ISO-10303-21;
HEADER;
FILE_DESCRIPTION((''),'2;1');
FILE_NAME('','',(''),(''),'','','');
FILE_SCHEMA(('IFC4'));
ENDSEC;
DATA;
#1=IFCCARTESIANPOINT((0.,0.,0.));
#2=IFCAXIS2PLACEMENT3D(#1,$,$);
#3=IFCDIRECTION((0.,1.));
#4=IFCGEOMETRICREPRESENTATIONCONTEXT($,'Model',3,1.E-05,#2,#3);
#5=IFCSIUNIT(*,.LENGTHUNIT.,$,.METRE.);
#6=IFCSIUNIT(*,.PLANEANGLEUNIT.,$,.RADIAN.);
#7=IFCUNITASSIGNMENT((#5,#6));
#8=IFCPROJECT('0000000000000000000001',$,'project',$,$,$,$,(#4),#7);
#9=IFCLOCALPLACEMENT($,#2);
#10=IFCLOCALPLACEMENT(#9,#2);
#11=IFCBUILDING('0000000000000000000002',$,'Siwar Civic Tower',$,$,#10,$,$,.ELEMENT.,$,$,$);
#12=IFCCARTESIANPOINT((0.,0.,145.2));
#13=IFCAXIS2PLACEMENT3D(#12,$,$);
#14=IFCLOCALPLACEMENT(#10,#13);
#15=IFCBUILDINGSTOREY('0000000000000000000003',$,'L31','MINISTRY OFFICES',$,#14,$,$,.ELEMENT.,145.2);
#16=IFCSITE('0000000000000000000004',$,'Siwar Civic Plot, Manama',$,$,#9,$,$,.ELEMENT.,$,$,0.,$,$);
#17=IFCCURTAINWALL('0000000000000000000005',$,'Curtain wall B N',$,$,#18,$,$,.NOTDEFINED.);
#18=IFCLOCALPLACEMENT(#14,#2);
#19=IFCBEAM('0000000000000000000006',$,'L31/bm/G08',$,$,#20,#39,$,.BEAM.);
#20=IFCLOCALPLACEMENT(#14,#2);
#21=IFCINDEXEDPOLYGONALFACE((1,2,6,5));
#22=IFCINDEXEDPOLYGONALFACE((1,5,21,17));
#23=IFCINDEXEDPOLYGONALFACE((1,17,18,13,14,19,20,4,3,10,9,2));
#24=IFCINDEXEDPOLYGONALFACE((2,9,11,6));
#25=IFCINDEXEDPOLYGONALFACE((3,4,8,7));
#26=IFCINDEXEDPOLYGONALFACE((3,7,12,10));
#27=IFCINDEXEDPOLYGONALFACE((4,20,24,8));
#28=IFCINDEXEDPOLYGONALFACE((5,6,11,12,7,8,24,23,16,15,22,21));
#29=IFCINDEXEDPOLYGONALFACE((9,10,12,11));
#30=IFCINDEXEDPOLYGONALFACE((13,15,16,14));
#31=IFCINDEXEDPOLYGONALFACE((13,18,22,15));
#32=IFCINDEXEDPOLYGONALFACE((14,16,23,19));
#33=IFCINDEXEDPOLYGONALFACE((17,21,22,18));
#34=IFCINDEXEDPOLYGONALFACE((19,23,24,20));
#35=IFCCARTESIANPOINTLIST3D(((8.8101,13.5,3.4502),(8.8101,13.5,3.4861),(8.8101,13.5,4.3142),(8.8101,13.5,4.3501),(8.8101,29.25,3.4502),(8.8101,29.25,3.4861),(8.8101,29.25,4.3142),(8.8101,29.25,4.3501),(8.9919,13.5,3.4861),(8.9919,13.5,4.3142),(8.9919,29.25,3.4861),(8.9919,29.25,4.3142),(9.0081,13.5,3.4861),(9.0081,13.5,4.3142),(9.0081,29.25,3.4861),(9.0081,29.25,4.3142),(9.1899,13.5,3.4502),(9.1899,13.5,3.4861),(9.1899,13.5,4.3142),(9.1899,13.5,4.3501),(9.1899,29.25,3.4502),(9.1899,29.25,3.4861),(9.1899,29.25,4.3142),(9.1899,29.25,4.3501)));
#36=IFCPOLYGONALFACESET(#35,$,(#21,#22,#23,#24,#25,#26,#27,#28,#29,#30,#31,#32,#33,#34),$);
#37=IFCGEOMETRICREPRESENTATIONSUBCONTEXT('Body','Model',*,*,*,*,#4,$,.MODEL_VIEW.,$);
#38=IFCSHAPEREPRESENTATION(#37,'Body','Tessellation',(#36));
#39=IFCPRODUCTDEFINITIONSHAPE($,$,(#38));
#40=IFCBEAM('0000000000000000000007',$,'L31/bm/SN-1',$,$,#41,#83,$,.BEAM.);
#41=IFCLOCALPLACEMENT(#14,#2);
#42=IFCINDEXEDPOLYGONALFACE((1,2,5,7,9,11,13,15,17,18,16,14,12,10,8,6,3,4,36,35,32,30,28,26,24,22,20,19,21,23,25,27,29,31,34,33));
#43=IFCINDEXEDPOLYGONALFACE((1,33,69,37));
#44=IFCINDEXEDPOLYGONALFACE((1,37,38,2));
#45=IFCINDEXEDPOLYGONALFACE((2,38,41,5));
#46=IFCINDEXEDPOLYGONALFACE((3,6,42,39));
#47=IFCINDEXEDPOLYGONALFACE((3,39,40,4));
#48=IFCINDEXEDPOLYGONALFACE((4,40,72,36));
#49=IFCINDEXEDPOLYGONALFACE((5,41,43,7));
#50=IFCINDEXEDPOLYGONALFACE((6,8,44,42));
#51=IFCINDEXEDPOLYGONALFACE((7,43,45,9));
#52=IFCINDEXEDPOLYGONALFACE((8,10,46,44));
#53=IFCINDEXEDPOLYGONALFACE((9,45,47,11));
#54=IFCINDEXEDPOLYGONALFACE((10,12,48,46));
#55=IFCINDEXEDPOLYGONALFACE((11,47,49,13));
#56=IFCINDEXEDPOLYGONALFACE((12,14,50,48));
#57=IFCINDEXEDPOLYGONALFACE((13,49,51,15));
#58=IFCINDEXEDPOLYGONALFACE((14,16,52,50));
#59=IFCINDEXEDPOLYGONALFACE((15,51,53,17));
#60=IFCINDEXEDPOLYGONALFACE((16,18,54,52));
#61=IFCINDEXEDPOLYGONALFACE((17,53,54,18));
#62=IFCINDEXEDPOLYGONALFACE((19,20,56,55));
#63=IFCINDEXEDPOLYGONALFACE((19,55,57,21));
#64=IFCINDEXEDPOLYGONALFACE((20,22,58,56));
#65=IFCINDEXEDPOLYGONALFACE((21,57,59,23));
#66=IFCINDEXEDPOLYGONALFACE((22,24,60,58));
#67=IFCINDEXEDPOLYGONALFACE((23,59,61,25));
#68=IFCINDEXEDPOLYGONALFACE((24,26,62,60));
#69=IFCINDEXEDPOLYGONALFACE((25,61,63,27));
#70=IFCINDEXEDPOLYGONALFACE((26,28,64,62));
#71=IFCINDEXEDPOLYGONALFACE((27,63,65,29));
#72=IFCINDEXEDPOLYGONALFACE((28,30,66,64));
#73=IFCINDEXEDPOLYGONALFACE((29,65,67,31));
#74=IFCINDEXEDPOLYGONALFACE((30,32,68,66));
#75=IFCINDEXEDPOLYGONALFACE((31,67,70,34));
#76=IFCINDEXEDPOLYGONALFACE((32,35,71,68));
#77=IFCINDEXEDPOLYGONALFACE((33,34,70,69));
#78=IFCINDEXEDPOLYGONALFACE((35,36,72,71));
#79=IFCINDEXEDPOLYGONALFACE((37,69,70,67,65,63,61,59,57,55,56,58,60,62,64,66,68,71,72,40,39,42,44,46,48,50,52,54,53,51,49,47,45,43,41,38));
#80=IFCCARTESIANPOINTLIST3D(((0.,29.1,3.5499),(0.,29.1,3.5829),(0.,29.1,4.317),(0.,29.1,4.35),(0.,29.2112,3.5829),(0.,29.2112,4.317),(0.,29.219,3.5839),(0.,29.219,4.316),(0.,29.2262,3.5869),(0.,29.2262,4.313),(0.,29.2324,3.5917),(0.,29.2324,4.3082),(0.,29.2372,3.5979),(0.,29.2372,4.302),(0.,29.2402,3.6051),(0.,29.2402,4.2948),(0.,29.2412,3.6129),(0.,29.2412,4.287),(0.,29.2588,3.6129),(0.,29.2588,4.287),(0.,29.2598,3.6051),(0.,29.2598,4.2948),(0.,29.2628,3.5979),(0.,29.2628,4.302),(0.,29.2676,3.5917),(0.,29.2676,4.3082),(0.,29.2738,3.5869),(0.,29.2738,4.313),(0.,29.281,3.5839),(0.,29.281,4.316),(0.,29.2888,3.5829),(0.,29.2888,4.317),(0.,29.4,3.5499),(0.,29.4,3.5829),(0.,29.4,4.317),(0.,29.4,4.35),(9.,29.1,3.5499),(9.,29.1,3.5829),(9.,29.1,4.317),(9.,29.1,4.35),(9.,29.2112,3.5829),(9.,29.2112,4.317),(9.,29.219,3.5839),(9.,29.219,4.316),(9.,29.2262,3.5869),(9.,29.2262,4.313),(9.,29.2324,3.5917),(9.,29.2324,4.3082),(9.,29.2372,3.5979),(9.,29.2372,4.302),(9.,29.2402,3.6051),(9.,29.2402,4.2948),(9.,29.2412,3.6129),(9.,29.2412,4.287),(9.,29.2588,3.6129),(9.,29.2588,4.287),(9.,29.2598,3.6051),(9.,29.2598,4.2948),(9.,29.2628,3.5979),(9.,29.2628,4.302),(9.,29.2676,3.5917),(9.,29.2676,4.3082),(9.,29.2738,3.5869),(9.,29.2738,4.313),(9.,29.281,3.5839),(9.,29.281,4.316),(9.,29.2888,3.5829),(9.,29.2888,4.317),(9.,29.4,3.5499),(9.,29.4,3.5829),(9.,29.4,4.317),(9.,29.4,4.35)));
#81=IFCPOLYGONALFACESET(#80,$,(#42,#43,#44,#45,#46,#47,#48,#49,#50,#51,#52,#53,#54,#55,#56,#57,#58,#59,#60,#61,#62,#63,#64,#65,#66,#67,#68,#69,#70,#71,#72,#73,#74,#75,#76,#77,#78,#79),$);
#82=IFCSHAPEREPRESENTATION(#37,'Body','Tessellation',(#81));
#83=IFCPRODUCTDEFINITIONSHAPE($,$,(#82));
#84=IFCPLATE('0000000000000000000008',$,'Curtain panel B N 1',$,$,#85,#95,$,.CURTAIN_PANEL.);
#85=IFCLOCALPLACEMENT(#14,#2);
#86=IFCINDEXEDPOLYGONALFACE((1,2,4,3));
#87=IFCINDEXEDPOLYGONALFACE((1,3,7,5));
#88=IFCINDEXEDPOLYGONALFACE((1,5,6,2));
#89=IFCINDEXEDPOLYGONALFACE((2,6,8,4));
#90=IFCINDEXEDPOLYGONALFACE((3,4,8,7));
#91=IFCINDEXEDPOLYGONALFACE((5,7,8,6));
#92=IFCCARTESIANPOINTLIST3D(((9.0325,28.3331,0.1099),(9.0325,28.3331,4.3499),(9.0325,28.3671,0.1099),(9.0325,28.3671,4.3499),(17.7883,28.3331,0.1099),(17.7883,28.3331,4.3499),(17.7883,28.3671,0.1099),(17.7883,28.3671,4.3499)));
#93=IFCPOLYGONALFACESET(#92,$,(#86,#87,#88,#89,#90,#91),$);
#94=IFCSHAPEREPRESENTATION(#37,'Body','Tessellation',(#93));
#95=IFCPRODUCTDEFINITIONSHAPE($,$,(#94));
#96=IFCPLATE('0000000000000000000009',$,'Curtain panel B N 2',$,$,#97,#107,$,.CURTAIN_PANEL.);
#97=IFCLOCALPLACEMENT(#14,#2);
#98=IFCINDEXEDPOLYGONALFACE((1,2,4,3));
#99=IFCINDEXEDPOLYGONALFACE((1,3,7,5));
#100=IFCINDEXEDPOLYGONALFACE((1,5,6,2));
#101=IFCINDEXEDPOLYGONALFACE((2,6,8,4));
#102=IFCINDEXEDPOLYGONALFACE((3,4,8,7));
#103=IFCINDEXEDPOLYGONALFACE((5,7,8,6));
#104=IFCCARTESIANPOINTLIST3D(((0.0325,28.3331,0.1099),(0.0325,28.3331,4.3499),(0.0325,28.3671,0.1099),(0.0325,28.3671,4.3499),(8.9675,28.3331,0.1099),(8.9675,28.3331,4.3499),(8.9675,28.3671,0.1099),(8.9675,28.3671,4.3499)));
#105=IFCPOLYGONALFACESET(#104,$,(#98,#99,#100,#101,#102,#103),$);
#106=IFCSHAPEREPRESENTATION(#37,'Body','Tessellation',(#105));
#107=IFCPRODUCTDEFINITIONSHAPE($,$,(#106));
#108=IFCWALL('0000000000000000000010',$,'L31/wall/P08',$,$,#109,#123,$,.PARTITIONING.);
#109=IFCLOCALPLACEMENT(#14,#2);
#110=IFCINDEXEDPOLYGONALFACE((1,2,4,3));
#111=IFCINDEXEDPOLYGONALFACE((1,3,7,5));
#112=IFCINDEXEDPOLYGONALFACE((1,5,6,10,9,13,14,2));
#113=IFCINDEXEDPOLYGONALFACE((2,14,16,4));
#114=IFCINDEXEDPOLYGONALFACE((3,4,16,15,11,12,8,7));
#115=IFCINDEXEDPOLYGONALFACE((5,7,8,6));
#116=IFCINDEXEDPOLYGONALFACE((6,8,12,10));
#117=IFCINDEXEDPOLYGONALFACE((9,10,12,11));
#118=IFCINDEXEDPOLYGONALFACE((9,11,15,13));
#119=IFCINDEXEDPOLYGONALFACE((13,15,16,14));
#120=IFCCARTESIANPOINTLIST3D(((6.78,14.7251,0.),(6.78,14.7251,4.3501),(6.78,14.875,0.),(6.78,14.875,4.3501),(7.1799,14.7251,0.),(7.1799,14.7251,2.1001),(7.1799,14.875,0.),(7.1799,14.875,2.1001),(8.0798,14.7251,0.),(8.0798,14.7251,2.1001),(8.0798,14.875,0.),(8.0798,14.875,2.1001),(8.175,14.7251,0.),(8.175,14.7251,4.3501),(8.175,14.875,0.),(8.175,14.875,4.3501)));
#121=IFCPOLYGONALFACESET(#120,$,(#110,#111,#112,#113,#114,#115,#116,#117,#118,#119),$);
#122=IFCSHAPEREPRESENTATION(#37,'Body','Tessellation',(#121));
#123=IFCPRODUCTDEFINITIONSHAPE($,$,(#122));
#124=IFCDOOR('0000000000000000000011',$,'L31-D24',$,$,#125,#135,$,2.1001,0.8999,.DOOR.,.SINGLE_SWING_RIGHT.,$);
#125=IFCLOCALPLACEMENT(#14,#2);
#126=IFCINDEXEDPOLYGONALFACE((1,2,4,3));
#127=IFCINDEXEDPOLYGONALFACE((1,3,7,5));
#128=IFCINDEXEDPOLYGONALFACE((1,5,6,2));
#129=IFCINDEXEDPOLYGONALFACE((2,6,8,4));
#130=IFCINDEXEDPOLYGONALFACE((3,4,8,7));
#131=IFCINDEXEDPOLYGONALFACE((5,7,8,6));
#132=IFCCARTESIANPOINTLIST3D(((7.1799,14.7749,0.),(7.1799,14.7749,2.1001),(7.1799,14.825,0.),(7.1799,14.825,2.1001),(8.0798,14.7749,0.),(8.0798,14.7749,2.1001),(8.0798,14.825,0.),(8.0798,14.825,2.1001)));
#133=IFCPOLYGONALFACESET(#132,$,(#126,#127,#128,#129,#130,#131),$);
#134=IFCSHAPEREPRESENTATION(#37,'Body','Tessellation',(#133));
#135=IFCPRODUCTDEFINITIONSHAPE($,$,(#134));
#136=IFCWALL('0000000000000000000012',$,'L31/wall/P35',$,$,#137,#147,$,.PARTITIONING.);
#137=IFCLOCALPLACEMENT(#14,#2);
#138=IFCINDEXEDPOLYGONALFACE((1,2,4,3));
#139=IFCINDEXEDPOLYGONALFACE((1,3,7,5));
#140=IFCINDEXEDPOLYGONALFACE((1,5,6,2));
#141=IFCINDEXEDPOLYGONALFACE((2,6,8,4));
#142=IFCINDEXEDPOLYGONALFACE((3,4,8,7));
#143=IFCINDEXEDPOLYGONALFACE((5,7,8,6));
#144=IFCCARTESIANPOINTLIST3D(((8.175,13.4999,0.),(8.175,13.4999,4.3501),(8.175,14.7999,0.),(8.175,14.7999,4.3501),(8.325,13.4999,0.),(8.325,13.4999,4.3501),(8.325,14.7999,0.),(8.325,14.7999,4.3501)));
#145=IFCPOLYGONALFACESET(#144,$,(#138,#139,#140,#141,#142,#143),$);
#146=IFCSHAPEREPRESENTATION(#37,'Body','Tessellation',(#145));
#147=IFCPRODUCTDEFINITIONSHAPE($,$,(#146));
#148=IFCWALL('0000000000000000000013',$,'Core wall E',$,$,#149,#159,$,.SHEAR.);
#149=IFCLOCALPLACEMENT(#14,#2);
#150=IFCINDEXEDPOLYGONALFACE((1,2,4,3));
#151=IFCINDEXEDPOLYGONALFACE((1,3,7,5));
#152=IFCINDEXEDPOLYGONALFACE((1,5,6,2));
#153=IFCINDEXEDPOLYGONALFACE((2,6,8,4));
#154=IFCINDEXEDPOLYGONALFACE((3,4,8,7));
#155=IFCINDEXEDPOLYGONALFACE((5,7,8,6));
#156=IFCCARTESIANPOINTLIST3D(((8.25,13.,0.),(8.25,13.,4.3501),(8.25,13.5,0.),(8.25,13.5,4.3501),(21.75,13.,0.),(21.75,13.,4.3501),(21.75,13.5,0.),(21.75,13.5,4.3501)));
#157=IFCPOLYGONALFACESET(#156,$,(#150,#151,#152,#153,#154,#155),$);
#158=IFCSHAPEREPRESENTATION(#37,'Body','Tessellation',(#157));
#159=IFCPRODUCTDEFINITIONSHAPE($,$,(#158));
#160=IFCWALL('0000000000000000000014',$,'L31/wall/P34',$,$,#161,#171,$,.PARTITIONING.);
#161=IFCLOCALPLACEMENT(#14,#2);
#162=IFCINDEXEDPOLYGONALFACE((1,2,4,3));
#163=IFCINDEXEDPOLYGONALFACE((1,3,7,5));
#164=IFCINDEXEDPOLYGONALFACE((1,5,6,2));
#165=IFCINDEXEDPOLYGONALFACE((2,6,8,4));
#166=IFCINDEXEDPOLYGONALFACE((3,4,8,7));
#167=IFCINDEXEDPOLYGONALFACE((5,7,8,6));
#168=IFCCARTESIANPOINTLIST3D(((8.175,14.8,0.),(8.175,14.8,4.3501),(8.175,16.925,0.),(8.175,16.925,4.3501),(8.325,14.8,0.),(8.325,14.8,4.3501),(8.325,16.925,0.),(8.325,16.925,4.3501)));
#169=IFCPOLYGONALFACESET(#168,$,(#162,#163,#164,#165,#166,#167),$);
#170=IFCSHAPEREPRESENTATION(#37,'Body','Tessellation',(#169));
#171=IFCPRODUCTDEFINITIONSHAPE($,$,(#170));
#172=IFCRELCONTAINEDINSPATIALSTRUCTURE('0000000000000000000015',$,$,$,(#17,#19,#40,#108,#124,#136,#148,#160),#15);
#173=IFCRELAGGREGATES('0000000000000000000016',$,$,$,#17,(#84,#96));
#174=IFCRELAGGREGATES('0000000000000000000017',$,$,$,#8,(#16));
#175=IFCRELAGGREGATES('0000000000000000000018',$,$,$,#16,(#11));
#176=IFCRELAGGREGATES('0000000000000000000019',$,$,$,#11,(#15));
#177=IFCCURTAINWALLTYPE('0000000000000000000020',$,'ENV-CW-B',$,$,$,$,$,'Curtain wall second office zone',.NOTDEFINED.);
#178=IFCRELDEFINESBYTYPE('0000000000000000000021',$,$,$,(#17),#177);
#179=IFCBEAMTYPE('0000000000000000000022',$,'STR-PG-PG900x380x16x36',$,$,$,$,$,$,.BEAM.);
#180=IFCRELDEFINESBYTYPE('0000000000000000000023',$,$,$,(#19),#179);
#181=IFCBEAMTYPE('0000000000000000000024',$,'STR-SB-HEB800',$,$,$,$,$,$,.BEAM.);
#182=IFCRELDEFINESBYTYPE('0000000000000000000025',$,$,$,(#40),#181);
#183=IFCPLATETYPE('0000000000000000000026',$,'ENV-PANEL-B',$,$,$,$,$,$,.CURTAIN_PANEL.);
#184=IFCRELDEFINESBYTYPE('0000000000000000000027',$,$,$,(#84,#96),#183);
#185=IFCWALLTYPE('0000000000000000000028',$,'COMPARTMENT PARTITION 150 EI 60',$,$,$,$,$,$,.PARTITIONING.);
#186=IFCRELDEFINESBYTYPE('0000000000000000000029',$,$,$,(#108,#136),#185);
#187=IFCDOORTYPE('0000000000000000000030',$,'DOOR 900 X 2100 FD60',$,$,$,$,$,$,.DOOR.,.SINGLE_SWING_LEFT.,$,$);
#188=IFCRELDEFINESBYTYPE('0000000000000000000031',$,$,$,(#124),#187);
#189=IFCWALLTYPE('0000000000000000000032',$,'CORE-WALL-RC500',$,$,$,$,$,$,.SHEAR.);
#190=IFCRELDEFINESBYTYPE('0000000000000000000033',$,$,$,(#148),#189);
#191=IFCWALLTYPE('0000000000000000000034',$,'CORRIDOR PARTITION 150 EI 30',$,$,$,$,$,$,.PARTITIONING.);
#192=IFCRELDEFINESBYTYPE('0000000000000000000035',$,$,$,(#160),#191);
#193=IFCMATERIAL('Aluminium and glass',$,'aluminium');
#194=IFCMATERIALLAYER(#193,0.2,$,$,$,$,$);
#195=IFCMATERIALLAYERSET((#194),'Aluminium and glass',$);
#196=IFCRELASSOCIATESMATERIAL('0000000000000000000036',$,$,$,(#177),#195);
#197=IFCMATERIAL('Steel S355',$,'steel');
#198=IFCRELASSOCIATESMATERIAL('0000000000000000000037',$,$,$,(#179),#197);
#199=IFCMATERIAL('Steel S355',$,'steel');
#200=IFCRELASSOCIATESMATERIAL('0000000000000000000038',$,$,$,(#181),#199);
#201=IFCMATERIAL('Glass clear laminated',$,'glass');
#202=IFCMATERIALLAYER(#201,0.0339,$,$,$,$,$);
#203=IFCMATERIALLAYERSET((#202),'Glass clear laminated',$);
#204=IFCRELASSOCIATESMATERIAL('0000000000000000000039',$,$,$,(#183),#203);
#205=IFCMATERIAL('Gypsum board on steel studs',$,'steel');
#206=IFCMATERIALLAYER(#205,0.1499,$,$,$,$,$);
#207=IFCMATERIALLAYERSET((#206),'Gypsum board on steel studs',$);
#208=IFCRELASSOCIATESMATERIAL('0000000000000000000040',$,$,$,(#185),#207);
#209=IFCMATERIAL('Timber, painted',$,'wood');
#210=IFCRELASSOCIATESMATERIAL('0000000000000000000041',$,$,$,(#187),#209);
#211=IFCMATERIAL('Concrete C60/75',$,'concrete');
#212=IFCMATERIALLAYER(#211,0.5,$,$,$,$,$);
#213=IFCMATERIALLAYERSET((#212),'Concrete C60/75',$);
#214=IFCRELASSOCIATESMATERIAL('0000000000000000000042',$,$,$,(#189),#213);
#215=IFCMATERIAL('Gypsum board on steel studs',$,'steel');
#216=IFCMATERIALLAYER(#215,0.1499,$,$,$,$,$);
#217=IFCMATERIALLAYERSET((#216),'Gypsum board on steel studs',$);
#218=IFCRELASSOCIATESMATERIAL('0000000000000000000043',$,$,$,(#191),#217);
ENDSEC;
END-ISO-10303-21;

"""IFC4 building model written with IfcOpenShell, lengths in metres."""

from ifc_helpers import new_model, si_unit, direction, frame, frame_2d, origin, origin_2d, place, context, subcontext, project, spatial, rectangle, i_section, extrude, material, layer, layer_set, material_profile, profile_set, type_object, element, fill, aggregate, save


model = new_model("IFC4")

# Units and contexts
model_context = context("Model", 3, precision=1e-05, world=origin(), true_north=direction((0.0, 1.0)))
body_context = subcontext(model_context, "Body", "Model", "MODEL_VIEW")
ifc_project = project(units=[si_unit("LENGTHUNIT", "METRE"), si_unit("PLANEANGLEUNIT", "RADIAN")], contexts=[model_context])

# Site, building, storey
site_placement = place(None, origin())
site = spatial("IfcSite", under=ifc_project, at=site_placement, Name="Siwar Civic Plot, Manama", CompositionType="ELEMENT", RefElevation=0.0)
building_placement = place(site_placement, origin())
building = spatial("IfcBuilding", under=site, at=building_placement, Name="Siwar Civic Tower", CompositionType="ELEMENT")
storey_placement = place(building_placement, frame((0.0, 0.0, 145.2)))
storey = spatial("IfcBuildingStorey", under=building, at=storey_placement, Name="L31", Description="MINISTRY OFFICES", CompositionType="ELEMENT", Elevation=145.2)

# Curtain wall
ifc_material_1 = material(Name="Aluminium and glass", Category="aluminium")
ifc_layer_1 = layer(ifc_material_1, 0.2)
ifc_layer_set_1 = layer_set([ifc_layer_1], Name="Aluminium and glass")
curtain_wall_type = type_object("IfcCurtainWallType", Name="ENV-CW-B", ElementType="Curtain wall second office zone", PredefinedType="NOTDEFINED", material=ifc_layer_set_1)
curtain_wall_placement = place(storey_placement, origin())
curtain_wall = element("IfcCurtainWall", 1, at=curtain_wall_placement, inside=storey, type_object=curtain_wall_type, Name="Curtain wall B N", PredefinedType="NOTDEFINED")

# Beams
ifc_material_2 = material(Name="Steel S355", Category="steel")
ifc_material_profile_1 = material_profile(ifc_material_2, i_section(OverallWidth=0.3799, OverallDepth=0.8999, WebThickness=0.0161, FlangeThickness=0.0359, at=origin_2d()), Name="PG900x380x16x36")
ifc_profile_set_1 = profile_set([ifc_material_profile_1], Name="Steel S355")
beam_type_1 = type_object("IfcBeamType", Name="STR-PG-PG900x380x16x36", PredefinedType="BEAM", material=ifc_profile_set_1)
beam_1_placement = place(storey_placement, frame((9.0, 13.5, 3.9001), z_axis=(0.0, 1.0, 0.0), x_axis=(-1.0, 0.0, 0.0)))
element("IfcBeam", 2, at=beam_1_placement, inside=storey, type_object=beam_type_1, Name="L31/bm/G08", PredefinedType="BEAM", context=body_context, shape_type="SweptSolid", body=[
    extrude(i_section(OverallWidth=0.3799, OverallDepth=0.8999, WebThickness=0.0161, FlangeThickness=0.0359, at=origin_2d()), origin(), (0.0, 0.0, 1.0), 15.75),
])
ifc_material_3 = material(Name="Steel S355", Category="steel")
ifc_material_profile_2 = material_profile(ifc_material_3, i_section(OverallWidth=0.3, OverallDepth=0.8, WebThickness=0.0176, FlangeThickness=0.033, FilletRadius=0.03, at=origin_2d()), Name="HEB800")
ifc_profile_set_2 = profile_set([ifc_material_profile_2], Name="Steel S355")
beam_type_2 = type_object("IfcBeamType", Name="STR-SB-HEB800", PredefinedType="BEAM", material=ifc_profile_set_2)
beam_2_placement = place(storey_placement, frame((9.0, 29.25, 3.95), z_axis=(-1.0, 0.0, 0.0), x_axis=(0.0, -1.0, 0.0)))
element("IfcBeam", 3, at=beam_2_placement, inside=storey, type_object=beam_type_2, Name="L31/bm/SN-1", PredefinedType="BEAM", context=body_context, shape_type="SweptSolid", body=[
    extrude(i_section(OverallWidth=0.3, OverallDepth=0.8, WebThickness=0.0176, FlangeThickness=0.033, FilletRadius=0.03, at=origin_2d()), origin(), (0.0, 0.0, 1.0), 9.0),
])

# Plates
ifc_material_4 = material(Name="Glass clear laminated", Category="glass")
ifc_layer_2 = layer(ifc_material_4, 0.0339)
ifc_layer_set_2 = layer_set([ifc_layer_2], Name="Glass clear laminated")
plate_type = type_object("IfcPlateType", Name="ENV-PANEL-B", PredefinedType="CURTAIN_PANEL", material=ifc_layer_set_2)
plate_1_placement = place(storey_placement, frame((13.4104, 28.3501, 0.1099), z_axis=(0.0, 0.0, 1.0), x_axis=(-1.0, 0.0, 0.0)))
plate_1 = element("IfcPlate", 4, at=plate_1_placement, type_object=plate_type, Name="Curtain panel B N 1", PredefinedType="CURTAIN_PANEL", context=body_context, shape_type="SweptSolid", body=[
    extrude(rectangle(XDim=8.7559, YDim=0.0339, at=origin_2d()), origin(), (0.0, 0.0, 1.0), 4.24),
])
plate_2_placement = place(storey_placement, frame((4.5, 28.3501, 0.1099), z_axis=(0.0, 0.0, 1.0), x_axis=(-1.0, 0.0, 0.0)))
plate_2 = element("IfcPlate", 5, at=plate_2_placement, type_object=plate_type, Name="Curtain panel B N 2", PredefinedType="CURTAIN_PANEL", context=body_context, shape_type="SweptSolid", body=[
    extrude(rectangle(XDim=8.9351, YDim=0.0339, at=origin_2d()), origin(), (0.0, 0.0, 1.0), 4.24),
])
aggregate(curtain_wall, [plate_1, plate_2])

# Wall, opening, door
ifc_material_5 = material(Name="Gypsum board on steel studs", Category="steel")
ifc_layer_3 = layer(ifc_material_5, 0.1499)
ifc_layer_set_3 = layer_set([ifc_layer_3], Name="Gypsum board on steel studs")
wall_type_1 = type_object("IfcWallType", Name="COMPARTMENT PARTITION 150 EI 60", PredefinedType="PARTITIONING", material=ifc_layer_set_3)
wall_1_placement = place(storey_placement, frame((6.78, 14.8, 0.0), z_axis=(0.0, 0.0, 1.0), x_axis=(1.0, 0.0, 0.0)))
wall_1 = element("IfcWall", 6, at=wall_1_placement, inside=storey, type_object=wall_type_1, Name="L31/wall/P08", PredefinedType="PARTITIONING", context=body_context, shape_type="SweptSolid", body=[
    extrude(rectangle(XDim=1.395, YDim=0.1499, at=frame_2d((0.6975, 0.0))), origin(), (0.0, 0.0, 1.0), 4.3501),
])
opening_1_placement = place(wall_1_placement, frame((0.3999, 0.0, 0.0)))
opening_1 = element("IfcOpeningElement", 7, at=opening_1_placement, cuts=wall_1, PredefinedType="OPENING", context=body_context, shape_type="SweptSolid", body=[
    extrude(rectangle(XDim=0.8999, YDim=2.1001, at=frame_2d((0.45, 1.05))), frame((0.0, 0.085, 0.0), z_axis=(0.0, -1.0, 0.0), x_axis=(1.0, 0.0, 0.0)), (0.0, 0.0, 1.0), 0.1699),
])
ifc_material_6 = material(Name="Timber, painted", Category="wood")
door_type_1 = type_object("IfcDoorType", Name="DOOR 900 X 2100 FD60", OperationType="SINGLE_SWING_LEFT", PredefinedType="DOOR", material=ifc_material_6)
door_1_placement = place(opening_1_placement, origin())
door_1 = element("IfcDoor", 8, at=door_1_placement, inside=storey, type_object=door_type_1, Name="L31-D24", OperationType="SINGLE_SWING_RIGHT", OverallHeight=2.1001, OverallWidth=0.8999, PredefinedType="DOOR", context=body_context, shape_type="SweptSolid", body=[
    extrude(rectangle(XDim=0.8999, YDim=2.1001, at=frame_2d((0.45, 1.05))), frame((0.0, 0.0249, 0.0), z_axis=(0.0, -1.0, 0.0), x_axis=(1.0, 0.0, 0.0)), (0.0, 0.0, 1.0), 0.05),
])
fill(opening_1, door_1)

# Walls
wall_2_placement = place(storey_placement, frame((8.25, 13.5, 0.0), z_axis=(0.0, 0.0, 1.0), x_axis=(0.0, 1.0, 0.0)))
element("IfcWall", 9, at=wall_2_placement, inside=storey, type_object=wall_type_1, Name="L31/wall/P35", PredefinedType="PARTITIONING", context=body_context, shape_type="SweptSolid", body=[
    extrude(rectangle(XDim=1.3, YDim=0.1499, at=frame_2d((0.6499, 0.0))), origin(), (0.0, 0.0, 1.0), 4.3501),
])
ifc_material_7 = material(Name="Concrete C60/75", Category="concrete")
ifc_layer_4 = layer(ifc_material_7, 0.5)
ifc_layer_set_4 = layer_set([ifc_layer_4], Name="Concrete C60/75")
wall_type_2 = type_object("IfcWallType", Name="CORE-WALL-RC500", PredefinedType="SHEAR", material=ifc_layer_set_4)
wall_3_placement = place(storey_placement, frame((8.25, 13.25, 0.0), z_axis=(0.0, 0.0, 1.0), x_axis=(1.0, 0.0, 0.0)))
element("IfcWall", 10, at=wall_3_placement, inside=storey, type_object=wall_type_2, Name="Core wall E", PredefinedType="SHEAR", context=body_context, shape_type="SweptSolid", body=[
    extrude(rectangle(XDim=13.5, YDim=0.5, at=frame_2d((6.75, 0.0))), origin(), (0.0, 0.0, 1.0), 4.3501),
])
ifc_material_8 = material(Name="Gypsum board on steel studs", Category="steel")
ifc_layer_5 = layer(ifc_material_8, 0.1499)
ifc_layer_set_5 = layer_set([ifc_layer_5], Name="Gypsum board on steel studs")
wall_type_3 = type_object("IfcWallType", Name="CORRIDOR PARTITION 150 EI 30", PredefinedType="PARTITIONING", material=ifc_layer_set_5)
wall_4_placement = place(storey_placement, frame((8.25, 14.8, 0.0), z_axis=(0.0, 0.0, 1.0), x_axis=(0.0, 1.0, 0.0)))
element("IfcWall", 11, at=wall_4_placement, inside=storey, type_object=wall_type_3, Name="L31/wall/P34", PredefinedType="PARTITIONING", context=body_context, shape_type="SweptSolid", body=[
    extrude(rectangle(XDim=2.125, YDim=0.1499, at=frame_2d((1.0625, 0.0))), origin(), (0.0, 0.0, 1.0), 4.3501),
])

save(model, "model.ifc")
